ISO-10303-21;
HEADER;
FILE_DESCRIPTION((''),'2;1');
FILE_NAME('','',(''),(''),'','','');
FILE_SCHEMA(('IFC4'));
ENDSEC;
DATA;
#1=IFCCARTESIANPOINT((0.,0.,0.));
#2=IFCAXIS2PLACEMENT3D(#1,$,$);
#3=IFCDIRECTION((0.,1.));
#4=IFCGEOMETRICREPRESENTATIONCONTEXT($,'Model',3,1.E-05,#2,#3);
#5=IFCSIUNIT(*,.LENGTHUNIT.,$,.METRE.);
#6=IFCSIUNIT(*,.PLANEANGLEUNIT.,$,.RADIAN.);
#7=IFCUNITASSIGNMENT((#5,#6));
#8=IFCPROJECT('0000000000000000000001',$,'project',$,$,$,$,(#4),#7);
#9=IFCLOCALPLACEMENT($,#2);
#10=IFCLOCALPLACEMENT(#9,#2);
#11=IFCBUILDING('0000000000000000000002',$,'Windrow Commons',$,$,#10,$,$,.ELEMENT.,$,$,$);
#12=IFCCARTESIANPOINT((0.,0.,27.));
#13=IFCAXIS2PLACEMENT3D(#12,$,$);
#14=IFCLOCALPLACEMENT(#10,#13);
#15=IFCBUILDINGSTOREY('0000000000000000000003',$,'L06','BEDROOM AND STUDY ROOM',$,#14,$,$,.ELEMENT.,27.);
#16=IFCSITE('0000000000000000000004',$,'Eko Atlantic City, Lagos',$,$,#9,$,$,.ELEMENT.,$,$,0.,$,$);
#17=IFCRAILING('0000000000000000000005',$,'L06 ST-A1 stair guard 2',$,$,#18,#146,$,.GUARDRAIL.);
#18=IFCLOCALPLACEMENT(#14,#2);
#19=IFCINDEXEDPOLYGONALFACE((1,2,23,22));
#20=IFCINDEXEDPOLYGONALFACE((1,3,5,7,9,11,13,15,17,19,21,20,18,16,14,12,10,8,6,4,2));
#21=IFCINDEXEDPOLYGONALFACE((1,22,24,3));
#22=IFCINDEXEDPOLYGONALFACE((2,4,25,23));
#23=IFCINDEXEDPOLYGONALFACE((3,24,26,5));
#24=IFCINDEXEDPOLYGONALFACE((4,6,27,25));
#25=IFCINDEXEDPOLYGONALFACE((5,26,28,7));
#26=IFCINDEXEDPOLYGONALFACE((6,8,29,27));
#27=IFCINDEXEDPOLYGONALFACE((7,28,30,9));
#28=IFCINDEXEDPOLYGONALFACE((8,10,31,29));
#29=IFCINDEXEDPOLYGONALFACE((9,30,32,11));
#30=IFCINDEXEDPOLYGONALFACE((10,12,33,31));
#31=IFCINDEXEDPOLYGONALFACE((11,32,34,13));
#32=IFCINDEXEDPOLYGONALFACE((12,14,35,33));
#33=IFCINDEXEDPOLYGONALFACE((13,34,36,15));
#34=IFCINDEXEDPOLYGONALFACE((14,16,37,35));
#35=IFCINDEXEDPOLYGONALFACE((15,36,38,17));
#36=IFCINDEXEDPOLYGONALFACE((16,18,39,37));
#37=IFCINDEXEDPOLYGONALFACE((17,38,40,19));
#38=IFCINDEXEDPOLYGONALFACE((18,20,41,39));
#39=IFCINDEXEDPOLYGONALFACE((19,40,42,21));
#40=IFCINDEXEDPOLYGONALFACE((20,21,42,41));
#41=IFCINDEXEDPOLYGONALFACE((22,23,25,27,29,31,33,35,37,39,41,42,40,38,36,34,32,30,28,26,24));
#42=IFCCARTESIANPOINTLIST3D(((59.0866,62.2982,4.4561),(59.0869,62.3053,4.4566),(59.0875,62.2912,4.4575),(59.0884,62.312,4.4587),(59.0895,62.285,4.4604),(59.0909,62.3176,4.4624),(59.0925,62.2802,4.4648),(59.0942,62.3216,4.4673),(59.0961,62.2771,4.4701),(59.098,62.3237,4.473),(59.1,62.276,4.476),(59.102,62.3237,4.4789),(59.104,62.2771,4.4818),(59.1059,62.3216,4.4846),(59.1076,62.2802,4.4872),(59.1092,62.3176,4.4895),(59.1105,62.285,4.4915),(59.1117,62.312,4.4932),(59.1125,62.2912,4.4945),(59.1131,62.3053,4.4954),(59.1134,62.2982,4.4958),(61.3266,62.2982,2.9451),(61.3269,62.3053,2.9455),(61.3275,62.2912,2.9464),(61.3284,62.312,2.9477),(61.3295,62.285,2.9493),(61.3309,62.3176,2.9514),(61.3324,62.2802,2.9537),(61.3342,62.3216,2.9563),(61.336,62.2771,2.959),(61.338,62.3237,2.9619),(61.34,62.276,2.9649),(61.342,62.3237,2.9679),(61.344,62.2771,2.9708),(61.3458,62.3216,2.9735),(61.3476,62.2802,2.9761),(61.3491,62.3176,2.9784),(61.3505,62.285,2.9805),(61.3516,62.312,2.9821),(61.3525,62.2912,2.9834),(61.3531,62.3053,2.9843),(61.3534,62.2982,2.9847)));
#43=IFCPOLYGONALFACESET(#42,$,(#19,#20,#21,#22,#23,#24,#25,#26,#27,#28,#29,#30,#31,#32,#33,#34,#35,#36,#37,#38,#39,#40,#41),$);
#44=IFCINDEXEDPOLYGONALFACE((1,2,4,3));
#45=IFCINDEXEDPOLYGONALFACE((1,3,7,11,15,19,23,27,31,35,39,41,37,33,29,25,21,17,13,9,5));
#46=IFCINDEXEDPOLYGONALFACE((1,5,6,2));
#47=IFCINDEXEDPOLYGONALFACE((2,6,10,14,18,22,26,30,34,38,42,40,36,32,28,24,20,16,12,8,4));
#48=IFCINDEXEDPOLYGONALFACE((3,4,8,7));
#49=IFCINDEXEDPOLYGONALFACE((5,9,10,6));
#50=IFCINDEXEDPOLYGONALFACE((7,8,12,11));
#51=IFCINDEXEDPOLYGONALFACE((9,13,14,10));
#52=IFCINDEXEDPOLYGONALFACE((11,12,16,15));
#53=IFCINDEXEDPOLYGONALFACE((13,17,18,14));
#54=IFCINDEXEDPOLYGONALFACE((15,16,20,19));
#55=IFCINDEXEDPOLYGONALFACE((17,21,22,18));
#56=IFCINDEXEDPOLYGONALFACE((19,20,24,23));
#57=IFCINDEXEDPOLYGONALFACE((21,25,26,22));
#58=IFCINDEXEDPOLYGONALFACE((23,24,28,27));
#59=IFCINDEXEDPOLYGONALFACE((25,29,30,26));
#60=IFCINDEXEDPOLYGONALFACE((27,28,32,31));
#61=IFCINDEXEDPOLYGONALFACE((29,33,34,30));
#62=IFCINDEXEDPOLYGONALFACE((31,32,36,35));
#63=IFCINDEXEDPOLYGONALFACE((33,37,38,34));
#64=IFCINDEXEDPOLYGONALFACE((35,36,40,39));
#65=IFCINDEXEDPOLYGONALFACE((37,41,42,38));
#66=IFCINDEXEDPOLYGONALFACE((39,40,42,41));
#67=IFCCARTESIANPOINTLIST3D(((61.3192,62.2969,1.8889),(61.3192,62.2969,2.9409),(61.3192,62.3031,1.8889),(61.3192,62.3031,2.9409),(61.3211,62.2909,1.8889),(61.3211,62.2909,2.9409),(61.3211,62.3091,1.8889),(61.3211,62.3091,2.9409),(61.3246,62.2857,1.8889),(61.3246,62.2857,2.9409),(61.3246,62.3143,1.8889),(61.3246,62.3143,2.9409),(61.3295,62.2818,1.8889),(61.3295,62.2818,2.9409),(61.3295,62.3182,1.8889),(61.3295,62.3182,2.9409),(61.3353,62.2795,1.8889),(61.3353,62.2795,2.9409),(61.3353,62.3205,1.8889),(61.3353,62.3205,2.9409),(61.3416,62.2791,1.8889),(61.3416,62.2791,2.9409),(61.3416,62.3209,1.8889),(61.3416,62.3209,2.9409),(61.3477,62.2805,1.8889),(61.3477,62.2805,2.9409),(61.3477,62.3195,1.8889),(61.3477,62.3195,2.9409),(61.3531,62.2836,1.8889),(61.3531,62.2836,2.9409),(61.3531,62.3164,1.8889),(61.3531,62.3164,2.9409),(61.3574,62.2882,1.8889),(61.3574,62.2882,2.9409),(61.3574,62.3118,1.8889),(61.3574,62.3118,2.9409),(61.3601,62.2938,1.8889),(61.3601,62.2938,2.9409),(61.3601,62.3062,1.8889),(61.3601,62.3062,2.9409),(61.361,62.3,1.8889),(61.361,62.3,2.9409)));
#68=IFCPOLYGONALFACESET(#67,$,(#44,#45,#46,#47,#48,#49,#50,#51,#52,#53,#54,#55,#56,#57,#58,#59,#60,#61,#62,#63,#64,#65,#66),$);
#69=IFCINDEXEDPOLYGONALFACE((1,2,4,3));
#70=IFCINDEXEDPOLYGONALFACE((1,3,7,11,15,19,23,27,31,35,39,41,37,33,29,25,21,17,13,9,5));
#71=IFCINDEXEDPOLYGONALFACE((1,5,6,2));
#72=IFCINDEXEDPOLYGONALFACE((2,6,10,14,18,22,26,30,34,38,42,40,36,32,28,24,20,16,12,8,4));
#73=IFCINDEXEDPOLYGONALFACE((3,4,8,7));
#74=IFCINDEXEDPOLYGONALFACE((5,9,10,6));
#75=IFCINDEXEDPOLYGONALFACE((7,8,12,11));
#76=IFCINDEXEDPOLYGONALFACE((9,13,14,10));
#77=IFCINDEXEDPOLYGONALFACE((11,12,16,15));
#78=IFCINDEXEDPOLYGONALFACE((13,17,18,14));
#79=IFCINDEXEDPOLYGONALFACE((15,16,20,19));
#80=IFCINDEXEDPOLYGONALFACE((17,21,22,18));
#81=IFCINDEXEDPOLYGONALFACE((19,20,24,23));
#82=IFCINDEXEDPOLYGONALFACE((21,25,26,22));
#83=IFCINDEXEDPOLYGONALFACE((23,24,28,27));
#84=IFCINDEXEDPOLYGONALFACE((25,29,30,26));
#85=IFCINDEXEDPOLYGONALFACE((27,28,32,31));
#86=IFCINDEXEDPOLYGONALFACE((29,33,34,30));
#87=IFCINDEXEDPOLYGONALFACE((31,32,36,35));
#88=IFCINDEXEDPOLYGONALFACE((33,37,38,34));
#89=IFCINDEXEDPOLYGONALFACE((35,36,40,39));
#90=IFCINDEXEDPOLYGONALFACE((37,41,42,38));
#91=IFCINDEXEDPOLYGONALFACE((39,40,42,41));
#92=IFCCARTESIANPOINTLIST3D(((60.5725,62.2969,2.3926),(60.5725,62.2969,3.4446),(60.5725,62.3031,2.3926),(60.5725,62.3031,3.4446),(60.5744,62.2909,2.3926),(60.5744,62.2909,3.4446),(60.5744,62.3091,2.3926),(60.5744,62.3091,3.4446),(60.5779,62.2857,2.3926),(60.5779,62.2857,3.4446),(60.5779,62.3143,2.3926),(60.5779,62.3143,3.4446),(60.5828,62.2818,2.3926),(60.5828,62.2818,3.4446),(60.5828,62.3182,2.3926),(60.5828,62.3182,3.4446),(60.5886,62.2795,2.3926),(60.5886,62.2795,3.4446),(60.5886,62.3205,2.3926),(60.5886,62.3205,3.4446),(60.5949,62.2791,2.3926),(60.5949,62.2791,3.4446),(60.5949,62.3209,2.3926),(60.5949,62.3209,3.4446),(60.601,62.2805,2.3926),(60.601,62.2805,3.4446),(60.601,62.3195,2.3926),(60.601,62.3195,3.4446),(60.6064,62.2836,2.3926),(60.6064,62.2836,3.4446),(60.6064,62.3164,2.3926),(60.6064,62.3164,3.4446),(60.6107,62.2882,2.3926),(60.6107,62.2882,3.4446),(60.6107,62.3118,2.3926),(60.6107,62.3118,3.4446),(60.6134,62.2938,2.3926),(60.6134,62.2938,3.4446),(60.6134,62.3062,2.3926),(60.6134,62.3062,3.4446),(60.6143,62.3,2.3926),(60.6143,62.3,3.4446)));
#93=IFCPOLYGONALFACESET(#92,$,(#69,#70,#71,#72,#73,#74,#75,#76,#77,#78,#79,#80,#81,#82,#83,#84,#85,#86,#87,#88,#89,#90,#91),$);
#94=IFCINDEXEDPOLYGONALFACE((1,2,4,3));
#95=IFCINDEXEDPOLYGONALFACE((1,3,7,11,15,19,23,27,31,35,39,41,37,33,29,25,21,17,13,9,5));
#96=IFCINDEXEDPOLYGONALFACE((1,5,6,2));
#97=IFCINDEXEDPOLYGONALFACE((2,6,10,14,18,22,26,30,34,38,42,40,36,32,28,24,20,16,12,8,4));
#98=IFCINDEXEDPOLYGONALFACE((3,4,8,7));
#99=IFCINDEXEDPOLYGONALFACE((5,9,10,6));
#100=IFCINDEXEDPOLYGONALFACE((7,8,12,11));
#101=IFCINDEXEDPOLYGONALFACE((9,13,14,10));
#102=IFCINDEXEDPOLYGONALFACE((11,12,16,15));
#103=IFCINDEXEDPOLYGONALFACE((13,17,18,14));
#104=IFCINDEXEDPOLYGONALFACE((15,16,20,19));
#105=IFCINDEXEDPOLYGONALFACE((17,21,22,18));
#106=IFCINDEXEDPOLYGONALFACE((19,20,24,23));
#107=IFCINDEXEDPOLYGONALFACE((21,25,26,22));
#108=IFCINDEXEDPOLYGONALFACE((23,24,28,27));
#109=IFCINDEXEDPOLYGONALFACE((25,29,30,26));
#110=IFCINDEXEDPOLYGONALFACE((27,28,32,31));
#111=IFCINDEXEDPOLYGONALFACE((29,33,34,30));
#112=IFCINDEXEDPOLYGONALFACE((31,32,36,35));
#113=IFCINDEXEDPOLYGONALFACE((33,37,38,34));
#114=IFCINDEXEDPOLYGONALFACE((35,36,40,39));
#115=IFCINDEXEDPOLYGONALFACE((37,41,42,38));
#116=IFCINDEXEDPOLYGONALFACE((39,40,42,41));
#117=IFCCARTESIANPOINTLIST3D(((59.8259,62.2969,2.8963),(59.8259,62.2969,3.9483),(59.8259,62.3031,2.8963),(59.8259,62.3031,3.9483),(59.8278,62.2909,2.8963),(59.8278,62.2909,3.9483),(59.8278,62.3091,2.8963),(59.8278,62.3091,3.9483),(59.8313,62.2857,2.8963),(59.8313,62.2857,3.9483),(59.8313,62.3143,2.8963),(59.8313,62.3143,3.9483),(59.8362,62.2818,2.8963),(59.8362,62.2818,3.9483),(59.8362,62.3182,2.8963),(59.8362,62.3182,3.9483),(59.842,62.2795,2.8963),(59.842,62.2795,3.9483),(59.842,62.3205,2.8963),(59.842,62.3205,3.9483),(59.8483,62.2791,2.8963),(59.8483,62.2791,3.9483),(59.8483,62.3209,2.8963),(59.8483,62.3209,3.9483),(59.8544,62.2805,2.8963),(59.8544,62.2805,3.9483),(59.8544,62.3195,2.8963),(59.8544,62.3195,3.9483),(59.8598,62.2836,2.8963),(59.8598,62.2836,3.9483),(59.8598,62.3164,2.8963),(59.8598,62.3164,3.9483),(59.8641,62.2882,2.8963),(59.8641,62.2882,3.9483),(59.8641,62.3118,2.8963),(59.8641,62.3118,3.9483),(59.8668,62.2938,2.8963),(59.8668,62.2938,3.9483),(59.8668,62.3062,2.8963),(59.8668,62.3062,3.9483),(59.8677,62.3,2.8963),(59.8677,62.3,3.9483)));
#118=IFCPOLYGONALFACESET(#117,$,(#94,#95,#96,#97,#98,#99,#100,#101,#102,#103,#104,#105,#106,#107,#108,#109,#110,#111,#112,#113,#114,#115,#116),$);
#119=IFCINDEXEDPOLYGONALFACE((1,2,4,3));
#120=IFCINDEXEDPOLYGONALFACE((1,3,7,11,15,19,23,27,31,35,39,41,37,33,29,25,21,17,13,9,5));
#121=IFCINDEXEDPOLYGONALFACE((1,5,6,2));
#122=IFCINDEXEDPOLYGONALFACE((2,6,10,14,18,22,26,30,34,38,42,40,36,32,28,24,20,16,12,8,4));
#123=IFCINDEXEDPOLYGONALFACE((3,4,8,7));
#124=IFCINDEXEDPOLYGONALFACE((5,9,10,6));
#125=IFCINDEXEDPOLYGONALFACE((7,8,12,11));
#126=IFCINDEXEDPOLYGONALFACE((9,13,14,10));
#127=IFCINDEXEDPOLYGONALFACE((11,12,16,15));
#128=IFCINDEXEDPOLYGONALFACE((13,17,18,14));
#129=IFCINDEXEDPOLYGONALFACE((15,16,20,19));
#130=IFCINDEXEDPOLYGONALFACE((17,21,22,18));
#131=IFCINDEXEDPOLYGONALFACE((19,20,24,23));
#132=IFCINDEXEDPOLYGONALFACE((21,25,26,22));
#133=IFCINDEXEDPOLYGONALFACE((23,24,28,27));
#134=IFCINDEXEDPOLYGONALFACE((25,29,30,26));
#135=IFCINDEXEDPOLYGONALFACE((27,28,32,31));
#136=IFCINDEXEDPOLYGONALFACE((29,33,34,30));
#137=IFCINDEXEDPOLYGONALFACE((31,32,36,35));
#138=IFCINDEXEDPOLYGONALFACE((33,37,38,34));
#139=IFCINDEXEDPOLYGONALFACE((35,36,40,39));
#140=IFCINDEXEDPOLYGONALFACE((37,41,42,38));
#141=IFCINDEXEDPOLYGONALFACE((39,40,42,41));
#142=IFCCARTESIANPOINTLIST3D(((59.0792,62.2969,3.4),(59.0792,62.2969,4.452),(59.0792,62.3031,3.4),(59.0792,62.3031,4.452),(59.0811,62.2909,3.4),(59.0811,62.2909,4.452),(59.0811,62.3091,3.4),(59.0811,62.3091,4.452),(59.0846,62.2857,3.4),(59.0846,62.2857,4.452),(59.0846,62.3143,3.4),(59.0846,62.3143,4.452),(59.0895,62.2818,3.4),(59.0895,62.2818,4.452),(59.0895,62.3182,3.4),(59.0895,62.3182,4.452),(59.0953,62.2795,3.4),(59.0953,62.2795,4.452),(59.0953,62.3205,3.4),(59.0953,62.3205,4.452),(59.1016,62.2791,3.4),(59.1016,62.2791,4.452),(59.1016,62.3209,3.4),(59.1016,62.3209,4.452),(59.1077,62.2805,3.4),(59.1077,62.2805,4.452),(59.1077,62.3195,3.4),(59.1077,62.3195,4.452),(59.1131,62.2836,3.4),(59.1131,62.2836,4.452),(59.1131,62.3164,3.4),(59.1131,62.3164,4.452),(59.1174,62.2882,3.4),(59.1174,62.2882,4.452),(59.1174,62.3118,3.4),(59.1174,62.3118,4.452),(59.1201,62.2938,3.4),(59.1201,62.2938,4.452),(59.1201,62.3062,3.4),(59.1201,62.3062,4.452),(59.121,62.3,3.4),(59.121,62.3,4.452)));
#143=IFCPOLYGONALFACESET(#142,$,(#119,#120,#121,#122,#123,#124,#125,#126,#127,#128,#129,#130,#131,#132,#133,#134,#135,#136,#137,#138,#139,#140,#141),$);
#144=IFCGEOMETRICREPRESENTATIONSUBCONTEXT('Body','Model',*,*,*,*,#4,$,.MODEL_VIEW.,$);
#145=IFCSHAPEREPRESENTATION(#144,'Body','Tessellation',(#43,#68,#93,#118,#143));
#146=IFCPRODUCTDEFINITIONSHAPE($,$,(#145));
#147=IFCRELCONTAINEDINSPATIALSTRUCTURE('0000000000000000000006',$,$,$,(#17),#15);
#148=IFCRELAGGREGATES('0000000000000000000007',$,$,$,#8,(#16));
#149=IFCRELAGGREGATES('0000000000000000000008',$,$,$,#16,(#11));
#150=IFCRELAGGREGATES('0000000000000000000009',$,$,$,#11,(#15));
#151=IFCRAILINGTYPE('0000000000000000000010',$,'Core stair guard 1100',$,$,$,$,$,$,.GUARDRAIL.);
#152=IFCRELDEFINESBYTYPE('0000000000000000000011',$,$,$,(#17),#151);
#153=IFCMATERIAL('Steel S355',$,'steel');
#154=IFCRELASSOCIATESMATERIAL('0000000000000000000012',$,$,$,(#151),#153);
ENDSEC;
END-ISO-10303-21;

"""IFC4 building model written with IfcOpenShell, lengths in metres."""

from ifc_helpers import new_model, si_unit, direction, frame, origin, origin_2d, place, context, subcontext, project, spatial, circle, extrude, material, type_object, element, save


model = new_model("IFC4")

# Units and contexts
model_context = context("Model", 3, precision=1e-05, world=origin(), true_north=direction((0.0, 1.0)))
body_context = subcontext(model_context, "Body", "Model", "MODEL_VIEW")
ifc_project = project(units=[si_unit("LENGTHUNIT", "METRE"), si_unit("PLANEANGLEUNIT", "RADIAN")], contexts=[model_context])

# Site, building, storey
site_placement = place(None, origin())
site = spatial("IfcSite", under=ifc_project, at=site_placement, Name="Eko Atlantic City, Lagos", CompositionType="ELEMENT", RefElevation=0.0)
building_placement = place(site_placement, origin())
building = spatial("IfcBuilding", under=site, at=building_placement, Name="Windrow Commons", CompositionType="ELEMENT")
storey_placement = place(building_placement, frame((0.0, 0.0, 27.0)))
storey = spatial("IfcBuildingStorey", under=building, at=storey_placement, Name="L06", Description="BEDROOM AND STUDY ROOM", CompositionType="ELEMENT", Elevation=27.0)

# Railing
ifc_material_1 = material(Name="Steel S355", Category="steel")
railing_type_1 = type_object("IfcRailingType", Name="Core stair guard 1100", PredefinedType="GUARDRAIL", material=ifc_material_1)
railing_1_placement = place(storey_placement, frame((61.34, 62.3, 1.8889)))
element("IfcRailing", 1, at=railing_1_placement, inside=storey, type_object=railing_type_1, Name="L06 ST-A1 stair guard 2", PredefinedType="GUARDRAIL", context=body_context, shape_type="SweptSolid", body=[
    extrude(circle(Radius=0.024, at=origin_2d()), frame((0.0, 0.0, 1.076), z_axis=(-0.829003, 0.0, 0.559244), x_axis=(0.0, -1.0, 0.0)), (0.0, 0.0, 1.0), 2.702),
    extrude(circle(Radius=0.021, at=origin_2d()), origin(), (0.0, 0.0, 1.0), 1.052),
    extrude(circle(Radius=0.021, at=origin_2d()), frame((-0.7467, 0.0, 0.5037)), (0.0, 0.0, 1.0), 1.052),
    extrude(circle(Radius=0.021, at=origin_2d()), frame((-1.4933, 0.0, 1.0074)), (0.0, 0.0, 1.0), 1.052),
    extrude(circle(Radius=0.021, at=origin_2d()), frame((-2.24, 0.0, 1.5111)), (0.0, 0.0, 1.0), 1.052),
])

save(model, "model.ifc")
